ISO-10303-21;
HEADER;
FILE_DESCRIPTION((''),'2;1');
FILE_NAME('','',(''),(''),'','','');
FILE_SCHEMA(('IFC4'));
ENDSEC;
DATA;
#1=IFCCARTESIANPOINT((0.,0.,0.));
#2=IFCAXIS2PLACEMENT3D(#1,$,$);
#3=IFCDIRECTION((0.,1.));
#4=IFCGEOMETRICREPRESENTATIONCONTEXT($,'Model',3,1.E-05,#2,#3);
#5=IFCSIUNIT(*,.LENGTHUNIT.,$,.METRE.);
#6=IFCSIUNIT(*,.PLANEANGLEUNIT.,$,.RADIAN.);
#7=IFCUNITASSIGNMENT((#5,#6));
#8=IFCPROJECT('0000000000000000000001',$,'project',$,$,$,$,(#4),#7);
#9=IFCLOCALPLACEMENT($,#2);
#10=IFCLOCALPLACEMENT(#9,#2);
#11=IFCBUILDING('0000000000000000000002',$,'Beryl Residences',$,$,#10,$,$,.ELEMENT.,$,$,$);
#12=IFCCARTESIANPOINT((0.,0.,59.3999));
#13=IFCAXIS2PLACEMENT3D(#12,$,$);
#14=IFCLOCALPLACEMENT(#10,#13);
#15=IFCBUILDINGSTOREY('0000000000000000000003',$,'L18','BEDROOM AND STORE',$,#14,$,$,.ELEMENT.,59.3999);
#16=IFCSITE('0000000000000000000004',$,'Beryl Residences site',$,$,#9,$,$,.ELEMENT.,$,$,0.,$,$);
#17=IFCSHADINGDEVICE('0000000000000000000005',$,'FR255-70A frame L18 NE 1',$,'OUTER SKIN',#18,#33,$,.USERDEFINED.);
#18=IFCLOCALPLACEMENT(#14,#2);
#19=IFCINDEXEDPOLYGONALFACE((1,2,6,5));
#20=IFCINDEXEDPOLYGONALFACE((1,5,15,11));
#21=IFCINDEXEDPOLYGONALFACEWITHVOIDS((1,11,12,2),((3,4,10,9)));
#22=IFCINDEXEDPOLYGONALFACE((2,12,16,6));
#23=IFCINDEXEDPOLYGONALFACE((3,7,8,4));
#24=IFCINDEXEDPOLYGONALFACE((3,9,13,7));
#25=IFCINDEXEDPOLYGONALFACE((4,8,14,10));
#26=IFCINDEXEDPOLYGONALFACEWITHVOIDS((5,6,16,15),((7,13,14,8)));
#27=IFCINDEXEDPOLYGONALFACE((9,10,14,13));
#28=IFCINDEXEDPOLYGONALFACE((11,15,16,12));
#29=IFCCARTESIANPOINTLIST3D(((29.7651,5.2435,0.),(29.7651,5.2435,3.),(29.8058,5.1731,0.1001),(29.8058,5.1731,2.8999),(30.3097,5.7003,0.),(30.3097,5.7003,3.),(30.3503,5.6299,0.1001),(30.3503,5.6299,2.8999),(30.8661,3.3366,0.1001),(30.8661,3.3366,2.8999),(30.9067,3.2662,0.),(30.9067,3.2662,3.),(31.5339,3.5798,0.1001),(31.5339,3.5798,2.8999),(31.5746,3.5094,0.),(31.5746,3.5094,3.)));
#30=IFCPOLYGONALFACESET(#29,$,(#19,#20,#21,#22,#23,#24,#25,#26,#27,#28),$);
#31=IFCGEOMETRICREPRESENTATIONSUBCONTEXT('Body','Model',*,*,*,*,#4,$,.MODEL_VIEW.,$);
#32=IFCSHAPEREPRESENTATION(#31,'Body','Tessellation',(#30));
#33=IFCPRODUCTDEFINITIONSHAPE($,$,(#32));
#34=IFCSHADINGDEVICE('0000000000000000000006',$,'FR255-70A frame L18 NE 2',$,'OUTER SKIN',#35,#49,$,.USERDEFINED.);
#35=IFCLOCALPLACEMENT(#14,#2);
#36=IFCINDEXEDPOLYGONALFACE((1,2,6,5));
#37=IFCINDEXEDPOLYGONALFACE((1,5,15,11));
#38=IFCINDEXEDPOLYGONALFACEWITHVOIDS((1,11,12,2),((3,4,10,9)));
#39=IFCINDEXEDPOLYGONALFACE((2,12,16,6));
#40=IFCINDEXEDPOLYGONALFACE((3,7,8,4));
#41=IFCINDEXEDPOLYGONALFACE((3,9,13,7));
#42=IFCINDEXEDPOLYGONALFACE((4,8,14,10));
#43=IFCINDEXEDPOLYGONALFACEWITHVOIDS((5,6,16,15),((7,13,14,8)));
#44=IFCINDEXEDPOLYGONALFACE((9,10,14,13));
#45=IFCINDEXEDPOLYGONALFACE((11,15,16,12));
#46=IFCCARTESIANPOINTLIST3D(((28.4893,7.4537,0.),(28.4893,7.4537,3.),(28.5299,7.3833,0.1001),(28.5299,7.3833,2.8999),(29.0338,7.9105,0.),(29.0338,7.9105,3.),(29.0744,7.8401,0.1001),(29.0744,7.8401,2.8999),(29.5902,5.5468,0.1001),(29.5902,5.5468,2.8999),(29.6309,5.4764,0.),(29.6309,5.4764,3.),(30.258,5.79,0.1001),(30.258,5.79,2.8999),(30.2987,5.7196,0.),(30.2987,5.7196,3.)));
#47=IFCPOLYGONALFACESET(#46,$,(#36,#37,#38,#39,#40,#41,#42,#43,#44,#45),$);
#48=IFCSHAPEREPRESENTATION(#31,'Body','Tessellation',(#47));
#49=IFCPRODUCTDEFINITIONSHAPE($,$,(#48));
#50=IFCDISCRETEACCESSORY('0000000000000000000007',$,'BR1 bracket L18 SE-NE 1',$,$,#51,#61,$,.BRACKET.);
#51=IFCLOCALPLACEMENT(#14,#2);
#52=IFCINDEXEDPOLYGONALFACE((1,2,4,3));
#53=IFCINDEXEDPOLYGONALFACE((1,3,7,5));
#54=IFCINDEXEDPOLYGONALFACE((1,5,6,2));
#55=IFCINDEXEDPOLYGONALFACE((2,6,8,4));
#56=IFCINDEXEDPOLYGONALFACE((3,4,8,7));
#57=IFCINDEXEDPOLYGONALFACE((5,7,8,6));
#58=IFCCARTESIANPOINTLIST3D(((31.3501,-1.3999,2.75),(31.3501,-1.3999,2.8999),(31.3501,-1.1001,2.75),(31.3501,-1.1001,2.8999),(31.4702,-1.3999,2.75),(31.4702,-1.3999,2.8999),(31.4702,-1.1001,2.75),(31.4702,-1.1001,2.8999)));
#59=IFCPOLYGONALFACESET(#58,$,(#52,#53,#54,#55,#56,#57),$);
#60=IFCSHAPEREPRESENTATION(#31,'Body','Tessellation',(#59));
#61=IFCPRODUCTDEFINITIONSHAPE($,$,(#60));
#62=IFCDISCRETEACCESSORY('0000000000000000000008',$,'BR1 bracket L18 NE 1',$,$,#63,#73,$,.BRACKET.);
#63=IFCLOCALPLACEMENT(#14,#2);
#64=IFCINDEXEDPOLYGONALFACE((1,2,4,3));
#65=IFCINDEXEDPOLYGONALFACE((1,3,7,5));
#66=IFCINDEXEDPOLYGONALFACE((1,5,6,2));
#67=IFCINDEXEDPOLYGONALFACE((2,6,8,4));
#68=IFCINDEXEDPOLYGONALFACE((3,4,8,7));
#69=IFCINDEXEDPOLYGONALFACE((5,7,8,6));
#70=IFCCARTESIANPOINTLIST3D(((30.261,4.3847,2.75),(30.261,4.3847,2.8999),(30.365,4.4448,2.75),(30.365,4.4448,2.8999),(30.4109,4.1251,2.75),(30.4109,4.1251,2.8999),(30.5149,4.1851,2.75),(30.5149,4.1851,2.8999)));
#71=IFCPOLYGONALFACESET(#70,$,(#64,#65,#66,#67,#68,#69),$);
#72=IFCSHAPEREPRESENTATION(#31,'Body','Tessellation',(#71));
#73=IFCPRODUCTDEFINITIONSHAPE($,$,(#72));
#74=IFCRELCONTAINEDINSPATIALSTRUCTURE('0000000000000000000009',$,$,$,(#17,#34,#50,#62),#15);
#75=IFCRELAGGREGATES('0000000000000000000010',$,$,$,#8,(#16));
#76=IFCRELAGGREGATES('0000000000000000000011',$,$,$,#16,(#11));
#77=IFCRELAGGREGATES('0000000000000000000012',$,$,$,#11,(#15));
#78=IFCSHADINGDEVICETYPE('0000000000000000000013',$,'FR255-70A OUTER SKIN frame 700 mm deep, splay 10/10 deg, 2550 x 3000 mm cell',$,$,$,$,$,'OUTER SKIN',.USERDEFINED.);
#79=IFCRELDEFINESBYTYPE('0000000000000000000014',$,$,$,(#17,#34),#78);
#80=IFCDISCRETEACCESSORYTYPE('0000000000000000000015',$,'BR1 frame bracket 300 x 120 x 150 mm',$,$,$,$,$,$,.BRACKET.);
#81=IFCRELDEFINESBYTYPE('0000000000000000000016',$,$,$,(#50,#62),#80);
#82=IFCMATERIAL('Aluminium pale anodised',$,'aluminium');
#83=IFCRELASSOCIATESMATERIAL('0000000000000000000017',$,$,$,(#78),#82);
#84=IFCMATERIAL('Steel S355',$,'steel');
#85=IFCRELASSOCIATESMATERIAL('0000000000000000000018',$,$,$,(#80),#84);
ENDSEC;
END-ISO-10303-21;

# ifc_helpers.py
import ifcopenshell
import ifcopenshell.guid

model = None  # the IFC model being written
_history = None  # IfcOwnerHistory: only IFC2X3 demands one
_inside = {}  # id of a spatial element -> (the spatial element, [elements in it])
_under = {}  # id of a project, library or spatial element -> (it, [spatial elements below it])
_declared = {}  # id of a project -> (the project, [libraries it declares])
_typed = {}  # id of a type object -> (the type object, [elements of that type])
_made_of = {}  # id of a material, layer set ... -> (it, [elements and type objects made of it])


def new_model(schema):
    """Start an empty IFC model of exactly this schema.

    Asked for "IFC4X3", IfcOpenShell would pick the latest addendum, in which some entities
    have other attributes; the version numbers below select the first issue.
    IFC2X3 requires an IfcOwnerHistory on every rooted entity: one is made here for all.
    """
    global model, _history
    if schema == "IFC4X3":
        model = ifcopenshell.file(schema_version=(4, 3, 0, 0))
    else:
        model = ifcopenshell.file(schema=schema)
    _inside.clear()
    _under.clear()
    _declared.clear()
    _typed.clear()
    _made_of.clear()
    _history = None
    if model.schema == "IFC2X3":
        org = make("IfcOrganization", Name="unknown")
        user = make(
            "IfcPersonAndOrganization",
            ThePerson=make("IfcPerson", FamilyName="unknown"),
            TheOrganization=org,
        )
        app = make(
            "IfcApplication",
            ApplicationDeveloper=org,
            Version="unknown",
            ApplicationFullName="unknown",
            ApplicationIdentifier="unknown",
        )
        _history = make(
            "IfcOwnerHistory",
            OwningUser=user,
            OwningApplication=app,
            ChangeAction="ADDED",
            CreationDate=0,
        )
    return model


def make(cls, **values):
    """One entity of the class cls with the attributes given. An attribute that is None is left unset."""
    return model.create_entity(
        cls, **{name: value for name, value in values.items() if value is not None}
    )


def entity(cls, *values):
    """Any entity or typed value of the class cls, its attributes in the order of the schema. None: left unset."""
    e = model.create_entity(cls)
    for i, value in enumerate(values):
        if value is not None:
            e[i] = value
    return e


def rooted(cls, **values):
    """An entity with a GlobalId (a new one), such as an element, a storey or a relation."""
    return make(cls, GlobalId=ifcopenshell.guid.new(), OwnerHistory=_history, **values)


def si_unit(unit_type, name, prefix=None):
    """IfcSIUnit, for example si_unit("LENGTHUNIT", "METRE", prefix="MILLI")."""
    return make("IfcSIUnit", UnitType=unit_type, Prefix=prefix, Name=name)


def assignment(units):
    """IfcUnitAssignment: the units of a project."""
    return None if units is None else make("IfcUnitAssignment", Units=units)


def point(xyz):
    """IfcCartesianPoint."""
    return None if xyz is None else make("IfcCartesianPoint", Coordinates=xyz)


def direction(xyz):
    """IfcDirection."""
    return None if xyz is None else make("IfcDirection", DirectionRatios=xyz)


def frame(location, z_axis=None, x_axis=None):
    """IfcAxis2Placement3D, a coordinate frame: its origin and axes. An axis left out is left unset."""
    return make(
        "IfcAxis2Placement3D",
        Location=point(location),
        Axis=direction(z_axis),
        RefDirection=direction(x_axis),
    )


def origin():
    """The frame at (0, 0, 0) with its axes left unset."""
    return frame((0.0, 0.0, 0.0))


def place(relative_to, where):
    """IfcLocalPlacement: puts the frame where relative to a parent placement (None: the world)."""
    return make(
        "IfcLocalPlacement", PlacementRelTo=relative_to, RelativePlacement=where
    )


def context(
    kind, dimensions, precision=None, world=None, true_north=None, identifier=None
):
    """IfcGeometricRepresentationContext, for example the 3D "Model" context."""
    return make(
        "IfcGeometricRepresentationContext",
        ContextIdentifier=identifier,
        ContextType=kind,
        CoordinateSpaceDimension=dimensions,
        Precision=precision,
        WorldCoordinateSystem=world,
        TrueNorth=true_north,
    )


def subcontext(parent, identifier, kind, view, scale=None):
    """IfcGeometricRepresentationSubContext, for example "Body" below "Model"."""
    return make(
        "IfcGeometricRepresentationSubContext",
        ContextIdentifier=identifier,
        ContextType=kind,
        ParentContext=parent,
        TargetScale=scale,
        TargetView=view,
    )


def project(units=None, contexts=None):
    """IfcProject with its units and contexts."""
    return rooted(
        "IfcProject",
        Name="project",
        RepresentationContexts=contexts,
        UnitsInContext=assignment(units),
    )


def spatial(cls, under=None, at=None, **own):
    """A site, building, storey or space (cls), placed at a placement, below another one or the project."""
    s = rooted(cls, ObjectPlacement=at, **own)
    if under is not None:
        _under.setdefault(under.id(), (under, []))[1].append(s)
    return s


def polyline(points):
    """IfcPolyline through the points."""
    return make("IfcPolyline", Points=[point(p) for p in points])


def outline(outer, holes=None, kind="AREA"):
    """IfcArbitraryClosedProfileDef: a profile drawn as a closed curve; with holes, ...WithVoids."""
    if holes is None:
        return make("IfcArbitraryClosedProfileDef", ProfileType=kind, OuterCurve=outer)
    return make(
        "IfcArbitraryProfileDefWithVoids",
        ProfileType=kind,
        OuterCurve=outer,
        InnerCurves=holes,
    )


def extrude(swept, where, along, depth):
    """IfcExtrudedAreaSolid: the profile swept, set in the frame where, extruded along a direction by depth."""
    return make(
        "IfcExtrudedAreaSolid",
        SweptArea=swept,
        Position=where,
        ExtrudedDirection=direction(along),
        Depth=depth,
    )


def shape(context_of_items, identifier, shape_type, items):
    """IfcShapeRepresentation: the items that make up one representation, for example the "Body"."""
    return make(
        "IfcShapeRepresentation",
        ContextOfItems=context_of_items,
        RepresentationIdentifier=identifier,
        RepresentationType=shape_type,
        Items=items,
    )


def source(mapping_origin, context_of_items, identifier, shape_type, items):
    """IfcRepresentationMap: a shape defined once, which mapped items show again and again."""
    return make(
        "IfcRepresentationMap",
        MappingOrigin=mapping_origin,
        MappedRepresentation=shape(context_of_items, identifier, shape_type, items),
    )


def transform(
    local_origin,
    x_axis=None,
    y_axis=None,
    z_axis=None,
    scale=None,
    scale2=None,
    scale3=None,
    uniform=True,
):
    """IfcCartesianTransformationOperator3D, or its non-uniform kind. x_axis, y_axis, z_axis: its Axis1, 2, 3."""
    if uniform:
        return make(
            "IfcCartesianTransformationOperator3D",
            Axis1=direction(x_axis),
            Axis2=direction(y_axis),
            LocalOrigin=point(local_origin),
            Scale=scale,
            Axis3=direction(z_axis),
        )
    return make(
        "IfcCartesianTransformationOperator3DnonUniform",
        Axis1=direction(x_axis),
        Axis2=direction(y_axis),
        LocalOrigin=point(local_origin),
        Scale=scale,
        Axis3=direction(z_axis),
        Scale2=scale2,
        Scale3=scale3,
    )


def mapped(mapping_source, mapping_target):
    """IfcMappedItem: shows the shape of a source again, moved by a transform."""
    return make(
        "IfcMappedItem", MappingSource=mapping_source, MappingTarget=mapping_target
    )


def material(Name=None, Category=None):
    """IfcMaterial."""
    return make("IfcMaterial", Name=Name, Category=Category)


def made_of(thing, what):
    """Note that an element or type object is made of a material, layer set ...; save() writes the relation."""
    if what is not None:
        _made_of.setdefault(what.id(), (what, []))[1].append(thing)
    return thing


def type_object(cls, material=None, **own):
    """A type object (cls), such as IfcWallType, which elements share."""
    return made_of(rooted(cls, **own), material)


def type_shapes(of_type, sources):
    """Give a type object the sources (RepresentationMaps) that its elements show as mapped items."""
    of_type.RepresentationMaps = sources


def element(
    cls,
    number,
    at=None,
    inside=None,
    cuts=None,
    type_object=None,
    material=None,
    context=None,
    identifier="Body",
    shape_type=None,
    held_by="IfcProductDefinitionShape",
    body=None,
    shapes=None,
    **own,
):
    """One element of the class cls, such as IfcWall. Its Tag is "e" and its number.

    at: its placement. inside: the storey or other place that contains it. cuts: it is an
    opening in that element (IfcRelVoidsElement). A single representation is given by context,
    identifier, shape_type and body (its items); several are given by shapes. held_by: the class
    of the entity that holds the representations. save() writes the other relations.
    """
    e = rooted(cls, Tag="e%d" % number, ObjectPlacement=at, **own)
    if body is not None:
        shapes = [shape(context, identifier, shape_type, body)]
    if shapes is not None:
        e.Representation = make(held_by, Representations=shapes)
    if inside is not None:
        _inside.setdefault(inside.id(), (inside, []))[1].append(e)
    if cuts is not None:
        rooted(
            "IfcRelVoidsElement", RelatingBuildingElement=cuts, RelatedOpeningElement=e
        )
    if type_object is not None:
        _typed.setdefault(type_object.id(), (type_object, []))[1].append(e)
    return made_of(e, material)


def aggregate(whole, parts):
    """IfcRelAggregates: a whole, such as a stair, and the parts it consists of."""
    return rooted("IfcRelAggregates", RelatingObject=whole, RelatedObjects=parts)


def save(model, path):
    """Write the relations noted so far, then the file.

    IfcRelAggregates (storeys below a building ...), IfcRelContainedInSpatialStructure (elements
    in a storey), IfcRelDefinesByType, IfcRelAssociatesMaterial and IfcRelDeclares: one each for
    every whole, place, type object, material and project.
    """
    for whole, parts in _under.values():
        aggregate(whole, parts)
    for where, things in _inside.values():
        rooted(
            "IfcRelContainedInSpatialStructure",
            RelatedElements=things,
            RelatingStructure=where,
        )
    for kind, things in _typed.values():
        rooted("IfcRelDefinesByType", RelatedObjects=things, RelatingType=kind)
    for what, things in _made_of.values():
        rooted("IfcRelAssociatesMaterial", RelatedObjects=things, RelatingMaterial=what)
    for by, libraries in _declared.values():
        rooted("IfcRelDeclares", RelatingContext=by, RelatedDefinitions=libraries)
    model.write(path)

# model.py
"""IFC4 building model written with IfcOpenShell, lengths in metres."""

from ifc_helpers import new_model, entity, si_unit, direction, frame, origin, place, context, subcontext, project, spatial, polyline, outline, extrude, source, transform, mapped, material, type_object, type_shapes, element, save


model = new_model("IFC4")

# Units and contexts
model_context = context("Model", 3, precision=1e-05, world=origin(), true_north=direction((0.0, 1.0)))
body_context = subcontext(model_context, "Body", "Model", "MODEL_VIEW")
ifc_project = project(units=[si_unit("LENGTHUNIT", "METRE"), si_unit("PLANEANGLEUNIT", "RADIAN")], contexts=[model_context])

# Site, building, storey
site_placement = place(None, origin())
site = spatial("IfcSite", under=ifc_project, at=site_placement, Name="Beryl Residences site", CompositionType="ELEMENT", RefElevation=0.0)
building_placement = place(site_placement, origin())
building = spatial("IfcBuilding", under=site, at=building_placement, Name="Beryl Residences", CompositionType="ELEMENT")
storey_placement = place(building_placement, frame((0.0, 0.0, 59.3999)))
storey = spatial("IfcBuildingStorey", under=building, at=storey_placement, Name="L18", Description="BEDROOM AND STORE", CompositionType="ELEMENT", Elevation=59.3999)

# Shading devices
ifc_material_1 = material(Name="Aluminium pale anodised", Category="aluminium")
shading_device_type_1 = type_object("IfcShadingDeviceType", Name="FR255-70A OUTER SKIN frame 700 mm deep, splay 10/10 deg, 2550 x 3000 mm cell", ElementType="OUTER SKIN", PredefinedType="USERDEFINED", material=ifc_material_1)
cartesian_point_1 = entity("IfcCartesianPoint", [-1.1416, 0.0])
cartesian_point_2 = entity("IfcCartesianPoint", [-1.0603, 0.1001])
cartesian_point_3 = entity("IfcCartesianPoint", [-1.2649, 0.0])
cartesian_point_4 = entity("IfcCartesianPoint", [-1.1836, 0.1001])
shared_shape_1 = source(origin(), body_context, "Body", "SweptSolid", [
    entity("IfcExtrudedAreaSolidTapered", entity("IfcArbitraryProfileDefWithVoids", "AREA", None, entity("IfcPolyline", [cartesian_point_1, entity("IfcCartesianPoint", [1.1416, 0.0]), entity("IfcCartesianPoint", [1.1416, 3.0]), entity("IfcCartesianPoint", [-1.1416, 3.0]), cartesian_point_1]), [entity("IfcPolyline", [cartesian_point_2, entity("IfcCartesianPoint", [1.0603, 0.1001]), entity("IfcCartesianPoint", [1.0603, 2.8999]), entity("IfcCartesianPoint", [-1.0603, 2.8999]), cartesian_point_2])]), entity("IfcAxis2Placement3D", entity("IfcCartesianPoint", [0.0, 0.0, 0.0]), entity("IfcDirection", [0.0, 1.0, 0.0]), entity("IfcDirection", [-1.0, 0.0, 0.0])), entity("IfcDirection", [0.0, 0.0, 1.0]), 0.7, entity("IfcArbitraryProfileDefWithVoids", "AREA", None, entity("IfcPolyline", [cartesian_point_3, entity("IfcCartesianPoint", [1.2649, 0.0]), entity("IfcCartesianPoint", [1.2649, 3.0]), entity("IfcCartesianPoint", [-1.2649, 3.0]), cartesian_point_3]), [entity("IfcPolyline", [cartesian_point_4, entity("IfcCartesianPoint", [1.1836, 0.1001]), entity("IfcCartesianPoint", [1.1836, 2.8999]), entity("IfcCartesianPoint", [-1.1836, 2.8999]), cartesian_point_4])])),
])
type_shapes(shading_device_type_1, [shared_shape_1])
for number, where, z_axis, x_axis, name in (
    (1, (30.3359, 4.2549, 0.0), (0.0, 0.0, 1.0), (0.5, -0.866025, 0.0), "FR255-70A frame L18 NE 1"),
    (2, (29.0601, 6.4651, 0.0), (0.0, 0.0, 1.0), (0.5, -0.866025, 0.0), "FR255-70A frame L18 NE 2"),
):
    element("IfcShadingDevice", number, at=place(storey_placement, frame(where, z_axis=z_axis, x_axis=x_axis)), inside=storey, type_object=shading_device_type_1, Name=name, ObjectType="OUTER SKIN", PredefinedType="USERDEFINED", context=body_context, shape_type="MappedRepresentation", body=[
        mapped(shared_shape_1, transform((0.0, 0.0, 0.0))),
    ])

# Discrete accessories
ifc_material_2 = material(Name="Steel S355", Category="steel")
discrete_accessory_type = type_object("IfcDiscreteAccessoryType", Name="BR1 frame bracket 300 x 120 x 150 mm", PredefinedType="BRACKET", material=ifc_material_2)
shared_shape_2 = source(origin(), body_context, "Body", "SweptSolid", [
    extrude(outline(polyline([(-0.1499, 0.0), (0.1499, 0.0), (0.1499, 0.1201), (-0.1499, 0.1201), (-0.1499, 0.0)])), origin(), (0.0, 0.0, 1.0), 0.1499),
])
type_shapes(discrete_accessory_type, [shared_shape_2])
for number, where, z_axis, x_axis, name in (
    (3, (31.3501, -1.25, 2.75), (0.0, 0.0, 1.0), (0.0, -1.0, 0.0), "BR1 bracket L18 SE-NE 1"),
    (4, (30.3359, 4.2549, 2.75), (0.0, 0.0, 1.0), (0.5, -0.866025, 0.0), "BR1 bracket L18 NE 1"),
):
    element("IfcDiscreteAccessory", number, at=place(storey_placement, frame(where, z_axis=z_axis, x_axis=x_axis)), inside=storey, type_object=discrete_accessory_type, Name=name, PredefinedType="BRACKET", context=body_context, shape_type="MappedRepresentation", body=[
        mapped(shared_shape_2, transform((0.0, 0.0, 0.0))),
    ])

save(model, "model.ifc")
